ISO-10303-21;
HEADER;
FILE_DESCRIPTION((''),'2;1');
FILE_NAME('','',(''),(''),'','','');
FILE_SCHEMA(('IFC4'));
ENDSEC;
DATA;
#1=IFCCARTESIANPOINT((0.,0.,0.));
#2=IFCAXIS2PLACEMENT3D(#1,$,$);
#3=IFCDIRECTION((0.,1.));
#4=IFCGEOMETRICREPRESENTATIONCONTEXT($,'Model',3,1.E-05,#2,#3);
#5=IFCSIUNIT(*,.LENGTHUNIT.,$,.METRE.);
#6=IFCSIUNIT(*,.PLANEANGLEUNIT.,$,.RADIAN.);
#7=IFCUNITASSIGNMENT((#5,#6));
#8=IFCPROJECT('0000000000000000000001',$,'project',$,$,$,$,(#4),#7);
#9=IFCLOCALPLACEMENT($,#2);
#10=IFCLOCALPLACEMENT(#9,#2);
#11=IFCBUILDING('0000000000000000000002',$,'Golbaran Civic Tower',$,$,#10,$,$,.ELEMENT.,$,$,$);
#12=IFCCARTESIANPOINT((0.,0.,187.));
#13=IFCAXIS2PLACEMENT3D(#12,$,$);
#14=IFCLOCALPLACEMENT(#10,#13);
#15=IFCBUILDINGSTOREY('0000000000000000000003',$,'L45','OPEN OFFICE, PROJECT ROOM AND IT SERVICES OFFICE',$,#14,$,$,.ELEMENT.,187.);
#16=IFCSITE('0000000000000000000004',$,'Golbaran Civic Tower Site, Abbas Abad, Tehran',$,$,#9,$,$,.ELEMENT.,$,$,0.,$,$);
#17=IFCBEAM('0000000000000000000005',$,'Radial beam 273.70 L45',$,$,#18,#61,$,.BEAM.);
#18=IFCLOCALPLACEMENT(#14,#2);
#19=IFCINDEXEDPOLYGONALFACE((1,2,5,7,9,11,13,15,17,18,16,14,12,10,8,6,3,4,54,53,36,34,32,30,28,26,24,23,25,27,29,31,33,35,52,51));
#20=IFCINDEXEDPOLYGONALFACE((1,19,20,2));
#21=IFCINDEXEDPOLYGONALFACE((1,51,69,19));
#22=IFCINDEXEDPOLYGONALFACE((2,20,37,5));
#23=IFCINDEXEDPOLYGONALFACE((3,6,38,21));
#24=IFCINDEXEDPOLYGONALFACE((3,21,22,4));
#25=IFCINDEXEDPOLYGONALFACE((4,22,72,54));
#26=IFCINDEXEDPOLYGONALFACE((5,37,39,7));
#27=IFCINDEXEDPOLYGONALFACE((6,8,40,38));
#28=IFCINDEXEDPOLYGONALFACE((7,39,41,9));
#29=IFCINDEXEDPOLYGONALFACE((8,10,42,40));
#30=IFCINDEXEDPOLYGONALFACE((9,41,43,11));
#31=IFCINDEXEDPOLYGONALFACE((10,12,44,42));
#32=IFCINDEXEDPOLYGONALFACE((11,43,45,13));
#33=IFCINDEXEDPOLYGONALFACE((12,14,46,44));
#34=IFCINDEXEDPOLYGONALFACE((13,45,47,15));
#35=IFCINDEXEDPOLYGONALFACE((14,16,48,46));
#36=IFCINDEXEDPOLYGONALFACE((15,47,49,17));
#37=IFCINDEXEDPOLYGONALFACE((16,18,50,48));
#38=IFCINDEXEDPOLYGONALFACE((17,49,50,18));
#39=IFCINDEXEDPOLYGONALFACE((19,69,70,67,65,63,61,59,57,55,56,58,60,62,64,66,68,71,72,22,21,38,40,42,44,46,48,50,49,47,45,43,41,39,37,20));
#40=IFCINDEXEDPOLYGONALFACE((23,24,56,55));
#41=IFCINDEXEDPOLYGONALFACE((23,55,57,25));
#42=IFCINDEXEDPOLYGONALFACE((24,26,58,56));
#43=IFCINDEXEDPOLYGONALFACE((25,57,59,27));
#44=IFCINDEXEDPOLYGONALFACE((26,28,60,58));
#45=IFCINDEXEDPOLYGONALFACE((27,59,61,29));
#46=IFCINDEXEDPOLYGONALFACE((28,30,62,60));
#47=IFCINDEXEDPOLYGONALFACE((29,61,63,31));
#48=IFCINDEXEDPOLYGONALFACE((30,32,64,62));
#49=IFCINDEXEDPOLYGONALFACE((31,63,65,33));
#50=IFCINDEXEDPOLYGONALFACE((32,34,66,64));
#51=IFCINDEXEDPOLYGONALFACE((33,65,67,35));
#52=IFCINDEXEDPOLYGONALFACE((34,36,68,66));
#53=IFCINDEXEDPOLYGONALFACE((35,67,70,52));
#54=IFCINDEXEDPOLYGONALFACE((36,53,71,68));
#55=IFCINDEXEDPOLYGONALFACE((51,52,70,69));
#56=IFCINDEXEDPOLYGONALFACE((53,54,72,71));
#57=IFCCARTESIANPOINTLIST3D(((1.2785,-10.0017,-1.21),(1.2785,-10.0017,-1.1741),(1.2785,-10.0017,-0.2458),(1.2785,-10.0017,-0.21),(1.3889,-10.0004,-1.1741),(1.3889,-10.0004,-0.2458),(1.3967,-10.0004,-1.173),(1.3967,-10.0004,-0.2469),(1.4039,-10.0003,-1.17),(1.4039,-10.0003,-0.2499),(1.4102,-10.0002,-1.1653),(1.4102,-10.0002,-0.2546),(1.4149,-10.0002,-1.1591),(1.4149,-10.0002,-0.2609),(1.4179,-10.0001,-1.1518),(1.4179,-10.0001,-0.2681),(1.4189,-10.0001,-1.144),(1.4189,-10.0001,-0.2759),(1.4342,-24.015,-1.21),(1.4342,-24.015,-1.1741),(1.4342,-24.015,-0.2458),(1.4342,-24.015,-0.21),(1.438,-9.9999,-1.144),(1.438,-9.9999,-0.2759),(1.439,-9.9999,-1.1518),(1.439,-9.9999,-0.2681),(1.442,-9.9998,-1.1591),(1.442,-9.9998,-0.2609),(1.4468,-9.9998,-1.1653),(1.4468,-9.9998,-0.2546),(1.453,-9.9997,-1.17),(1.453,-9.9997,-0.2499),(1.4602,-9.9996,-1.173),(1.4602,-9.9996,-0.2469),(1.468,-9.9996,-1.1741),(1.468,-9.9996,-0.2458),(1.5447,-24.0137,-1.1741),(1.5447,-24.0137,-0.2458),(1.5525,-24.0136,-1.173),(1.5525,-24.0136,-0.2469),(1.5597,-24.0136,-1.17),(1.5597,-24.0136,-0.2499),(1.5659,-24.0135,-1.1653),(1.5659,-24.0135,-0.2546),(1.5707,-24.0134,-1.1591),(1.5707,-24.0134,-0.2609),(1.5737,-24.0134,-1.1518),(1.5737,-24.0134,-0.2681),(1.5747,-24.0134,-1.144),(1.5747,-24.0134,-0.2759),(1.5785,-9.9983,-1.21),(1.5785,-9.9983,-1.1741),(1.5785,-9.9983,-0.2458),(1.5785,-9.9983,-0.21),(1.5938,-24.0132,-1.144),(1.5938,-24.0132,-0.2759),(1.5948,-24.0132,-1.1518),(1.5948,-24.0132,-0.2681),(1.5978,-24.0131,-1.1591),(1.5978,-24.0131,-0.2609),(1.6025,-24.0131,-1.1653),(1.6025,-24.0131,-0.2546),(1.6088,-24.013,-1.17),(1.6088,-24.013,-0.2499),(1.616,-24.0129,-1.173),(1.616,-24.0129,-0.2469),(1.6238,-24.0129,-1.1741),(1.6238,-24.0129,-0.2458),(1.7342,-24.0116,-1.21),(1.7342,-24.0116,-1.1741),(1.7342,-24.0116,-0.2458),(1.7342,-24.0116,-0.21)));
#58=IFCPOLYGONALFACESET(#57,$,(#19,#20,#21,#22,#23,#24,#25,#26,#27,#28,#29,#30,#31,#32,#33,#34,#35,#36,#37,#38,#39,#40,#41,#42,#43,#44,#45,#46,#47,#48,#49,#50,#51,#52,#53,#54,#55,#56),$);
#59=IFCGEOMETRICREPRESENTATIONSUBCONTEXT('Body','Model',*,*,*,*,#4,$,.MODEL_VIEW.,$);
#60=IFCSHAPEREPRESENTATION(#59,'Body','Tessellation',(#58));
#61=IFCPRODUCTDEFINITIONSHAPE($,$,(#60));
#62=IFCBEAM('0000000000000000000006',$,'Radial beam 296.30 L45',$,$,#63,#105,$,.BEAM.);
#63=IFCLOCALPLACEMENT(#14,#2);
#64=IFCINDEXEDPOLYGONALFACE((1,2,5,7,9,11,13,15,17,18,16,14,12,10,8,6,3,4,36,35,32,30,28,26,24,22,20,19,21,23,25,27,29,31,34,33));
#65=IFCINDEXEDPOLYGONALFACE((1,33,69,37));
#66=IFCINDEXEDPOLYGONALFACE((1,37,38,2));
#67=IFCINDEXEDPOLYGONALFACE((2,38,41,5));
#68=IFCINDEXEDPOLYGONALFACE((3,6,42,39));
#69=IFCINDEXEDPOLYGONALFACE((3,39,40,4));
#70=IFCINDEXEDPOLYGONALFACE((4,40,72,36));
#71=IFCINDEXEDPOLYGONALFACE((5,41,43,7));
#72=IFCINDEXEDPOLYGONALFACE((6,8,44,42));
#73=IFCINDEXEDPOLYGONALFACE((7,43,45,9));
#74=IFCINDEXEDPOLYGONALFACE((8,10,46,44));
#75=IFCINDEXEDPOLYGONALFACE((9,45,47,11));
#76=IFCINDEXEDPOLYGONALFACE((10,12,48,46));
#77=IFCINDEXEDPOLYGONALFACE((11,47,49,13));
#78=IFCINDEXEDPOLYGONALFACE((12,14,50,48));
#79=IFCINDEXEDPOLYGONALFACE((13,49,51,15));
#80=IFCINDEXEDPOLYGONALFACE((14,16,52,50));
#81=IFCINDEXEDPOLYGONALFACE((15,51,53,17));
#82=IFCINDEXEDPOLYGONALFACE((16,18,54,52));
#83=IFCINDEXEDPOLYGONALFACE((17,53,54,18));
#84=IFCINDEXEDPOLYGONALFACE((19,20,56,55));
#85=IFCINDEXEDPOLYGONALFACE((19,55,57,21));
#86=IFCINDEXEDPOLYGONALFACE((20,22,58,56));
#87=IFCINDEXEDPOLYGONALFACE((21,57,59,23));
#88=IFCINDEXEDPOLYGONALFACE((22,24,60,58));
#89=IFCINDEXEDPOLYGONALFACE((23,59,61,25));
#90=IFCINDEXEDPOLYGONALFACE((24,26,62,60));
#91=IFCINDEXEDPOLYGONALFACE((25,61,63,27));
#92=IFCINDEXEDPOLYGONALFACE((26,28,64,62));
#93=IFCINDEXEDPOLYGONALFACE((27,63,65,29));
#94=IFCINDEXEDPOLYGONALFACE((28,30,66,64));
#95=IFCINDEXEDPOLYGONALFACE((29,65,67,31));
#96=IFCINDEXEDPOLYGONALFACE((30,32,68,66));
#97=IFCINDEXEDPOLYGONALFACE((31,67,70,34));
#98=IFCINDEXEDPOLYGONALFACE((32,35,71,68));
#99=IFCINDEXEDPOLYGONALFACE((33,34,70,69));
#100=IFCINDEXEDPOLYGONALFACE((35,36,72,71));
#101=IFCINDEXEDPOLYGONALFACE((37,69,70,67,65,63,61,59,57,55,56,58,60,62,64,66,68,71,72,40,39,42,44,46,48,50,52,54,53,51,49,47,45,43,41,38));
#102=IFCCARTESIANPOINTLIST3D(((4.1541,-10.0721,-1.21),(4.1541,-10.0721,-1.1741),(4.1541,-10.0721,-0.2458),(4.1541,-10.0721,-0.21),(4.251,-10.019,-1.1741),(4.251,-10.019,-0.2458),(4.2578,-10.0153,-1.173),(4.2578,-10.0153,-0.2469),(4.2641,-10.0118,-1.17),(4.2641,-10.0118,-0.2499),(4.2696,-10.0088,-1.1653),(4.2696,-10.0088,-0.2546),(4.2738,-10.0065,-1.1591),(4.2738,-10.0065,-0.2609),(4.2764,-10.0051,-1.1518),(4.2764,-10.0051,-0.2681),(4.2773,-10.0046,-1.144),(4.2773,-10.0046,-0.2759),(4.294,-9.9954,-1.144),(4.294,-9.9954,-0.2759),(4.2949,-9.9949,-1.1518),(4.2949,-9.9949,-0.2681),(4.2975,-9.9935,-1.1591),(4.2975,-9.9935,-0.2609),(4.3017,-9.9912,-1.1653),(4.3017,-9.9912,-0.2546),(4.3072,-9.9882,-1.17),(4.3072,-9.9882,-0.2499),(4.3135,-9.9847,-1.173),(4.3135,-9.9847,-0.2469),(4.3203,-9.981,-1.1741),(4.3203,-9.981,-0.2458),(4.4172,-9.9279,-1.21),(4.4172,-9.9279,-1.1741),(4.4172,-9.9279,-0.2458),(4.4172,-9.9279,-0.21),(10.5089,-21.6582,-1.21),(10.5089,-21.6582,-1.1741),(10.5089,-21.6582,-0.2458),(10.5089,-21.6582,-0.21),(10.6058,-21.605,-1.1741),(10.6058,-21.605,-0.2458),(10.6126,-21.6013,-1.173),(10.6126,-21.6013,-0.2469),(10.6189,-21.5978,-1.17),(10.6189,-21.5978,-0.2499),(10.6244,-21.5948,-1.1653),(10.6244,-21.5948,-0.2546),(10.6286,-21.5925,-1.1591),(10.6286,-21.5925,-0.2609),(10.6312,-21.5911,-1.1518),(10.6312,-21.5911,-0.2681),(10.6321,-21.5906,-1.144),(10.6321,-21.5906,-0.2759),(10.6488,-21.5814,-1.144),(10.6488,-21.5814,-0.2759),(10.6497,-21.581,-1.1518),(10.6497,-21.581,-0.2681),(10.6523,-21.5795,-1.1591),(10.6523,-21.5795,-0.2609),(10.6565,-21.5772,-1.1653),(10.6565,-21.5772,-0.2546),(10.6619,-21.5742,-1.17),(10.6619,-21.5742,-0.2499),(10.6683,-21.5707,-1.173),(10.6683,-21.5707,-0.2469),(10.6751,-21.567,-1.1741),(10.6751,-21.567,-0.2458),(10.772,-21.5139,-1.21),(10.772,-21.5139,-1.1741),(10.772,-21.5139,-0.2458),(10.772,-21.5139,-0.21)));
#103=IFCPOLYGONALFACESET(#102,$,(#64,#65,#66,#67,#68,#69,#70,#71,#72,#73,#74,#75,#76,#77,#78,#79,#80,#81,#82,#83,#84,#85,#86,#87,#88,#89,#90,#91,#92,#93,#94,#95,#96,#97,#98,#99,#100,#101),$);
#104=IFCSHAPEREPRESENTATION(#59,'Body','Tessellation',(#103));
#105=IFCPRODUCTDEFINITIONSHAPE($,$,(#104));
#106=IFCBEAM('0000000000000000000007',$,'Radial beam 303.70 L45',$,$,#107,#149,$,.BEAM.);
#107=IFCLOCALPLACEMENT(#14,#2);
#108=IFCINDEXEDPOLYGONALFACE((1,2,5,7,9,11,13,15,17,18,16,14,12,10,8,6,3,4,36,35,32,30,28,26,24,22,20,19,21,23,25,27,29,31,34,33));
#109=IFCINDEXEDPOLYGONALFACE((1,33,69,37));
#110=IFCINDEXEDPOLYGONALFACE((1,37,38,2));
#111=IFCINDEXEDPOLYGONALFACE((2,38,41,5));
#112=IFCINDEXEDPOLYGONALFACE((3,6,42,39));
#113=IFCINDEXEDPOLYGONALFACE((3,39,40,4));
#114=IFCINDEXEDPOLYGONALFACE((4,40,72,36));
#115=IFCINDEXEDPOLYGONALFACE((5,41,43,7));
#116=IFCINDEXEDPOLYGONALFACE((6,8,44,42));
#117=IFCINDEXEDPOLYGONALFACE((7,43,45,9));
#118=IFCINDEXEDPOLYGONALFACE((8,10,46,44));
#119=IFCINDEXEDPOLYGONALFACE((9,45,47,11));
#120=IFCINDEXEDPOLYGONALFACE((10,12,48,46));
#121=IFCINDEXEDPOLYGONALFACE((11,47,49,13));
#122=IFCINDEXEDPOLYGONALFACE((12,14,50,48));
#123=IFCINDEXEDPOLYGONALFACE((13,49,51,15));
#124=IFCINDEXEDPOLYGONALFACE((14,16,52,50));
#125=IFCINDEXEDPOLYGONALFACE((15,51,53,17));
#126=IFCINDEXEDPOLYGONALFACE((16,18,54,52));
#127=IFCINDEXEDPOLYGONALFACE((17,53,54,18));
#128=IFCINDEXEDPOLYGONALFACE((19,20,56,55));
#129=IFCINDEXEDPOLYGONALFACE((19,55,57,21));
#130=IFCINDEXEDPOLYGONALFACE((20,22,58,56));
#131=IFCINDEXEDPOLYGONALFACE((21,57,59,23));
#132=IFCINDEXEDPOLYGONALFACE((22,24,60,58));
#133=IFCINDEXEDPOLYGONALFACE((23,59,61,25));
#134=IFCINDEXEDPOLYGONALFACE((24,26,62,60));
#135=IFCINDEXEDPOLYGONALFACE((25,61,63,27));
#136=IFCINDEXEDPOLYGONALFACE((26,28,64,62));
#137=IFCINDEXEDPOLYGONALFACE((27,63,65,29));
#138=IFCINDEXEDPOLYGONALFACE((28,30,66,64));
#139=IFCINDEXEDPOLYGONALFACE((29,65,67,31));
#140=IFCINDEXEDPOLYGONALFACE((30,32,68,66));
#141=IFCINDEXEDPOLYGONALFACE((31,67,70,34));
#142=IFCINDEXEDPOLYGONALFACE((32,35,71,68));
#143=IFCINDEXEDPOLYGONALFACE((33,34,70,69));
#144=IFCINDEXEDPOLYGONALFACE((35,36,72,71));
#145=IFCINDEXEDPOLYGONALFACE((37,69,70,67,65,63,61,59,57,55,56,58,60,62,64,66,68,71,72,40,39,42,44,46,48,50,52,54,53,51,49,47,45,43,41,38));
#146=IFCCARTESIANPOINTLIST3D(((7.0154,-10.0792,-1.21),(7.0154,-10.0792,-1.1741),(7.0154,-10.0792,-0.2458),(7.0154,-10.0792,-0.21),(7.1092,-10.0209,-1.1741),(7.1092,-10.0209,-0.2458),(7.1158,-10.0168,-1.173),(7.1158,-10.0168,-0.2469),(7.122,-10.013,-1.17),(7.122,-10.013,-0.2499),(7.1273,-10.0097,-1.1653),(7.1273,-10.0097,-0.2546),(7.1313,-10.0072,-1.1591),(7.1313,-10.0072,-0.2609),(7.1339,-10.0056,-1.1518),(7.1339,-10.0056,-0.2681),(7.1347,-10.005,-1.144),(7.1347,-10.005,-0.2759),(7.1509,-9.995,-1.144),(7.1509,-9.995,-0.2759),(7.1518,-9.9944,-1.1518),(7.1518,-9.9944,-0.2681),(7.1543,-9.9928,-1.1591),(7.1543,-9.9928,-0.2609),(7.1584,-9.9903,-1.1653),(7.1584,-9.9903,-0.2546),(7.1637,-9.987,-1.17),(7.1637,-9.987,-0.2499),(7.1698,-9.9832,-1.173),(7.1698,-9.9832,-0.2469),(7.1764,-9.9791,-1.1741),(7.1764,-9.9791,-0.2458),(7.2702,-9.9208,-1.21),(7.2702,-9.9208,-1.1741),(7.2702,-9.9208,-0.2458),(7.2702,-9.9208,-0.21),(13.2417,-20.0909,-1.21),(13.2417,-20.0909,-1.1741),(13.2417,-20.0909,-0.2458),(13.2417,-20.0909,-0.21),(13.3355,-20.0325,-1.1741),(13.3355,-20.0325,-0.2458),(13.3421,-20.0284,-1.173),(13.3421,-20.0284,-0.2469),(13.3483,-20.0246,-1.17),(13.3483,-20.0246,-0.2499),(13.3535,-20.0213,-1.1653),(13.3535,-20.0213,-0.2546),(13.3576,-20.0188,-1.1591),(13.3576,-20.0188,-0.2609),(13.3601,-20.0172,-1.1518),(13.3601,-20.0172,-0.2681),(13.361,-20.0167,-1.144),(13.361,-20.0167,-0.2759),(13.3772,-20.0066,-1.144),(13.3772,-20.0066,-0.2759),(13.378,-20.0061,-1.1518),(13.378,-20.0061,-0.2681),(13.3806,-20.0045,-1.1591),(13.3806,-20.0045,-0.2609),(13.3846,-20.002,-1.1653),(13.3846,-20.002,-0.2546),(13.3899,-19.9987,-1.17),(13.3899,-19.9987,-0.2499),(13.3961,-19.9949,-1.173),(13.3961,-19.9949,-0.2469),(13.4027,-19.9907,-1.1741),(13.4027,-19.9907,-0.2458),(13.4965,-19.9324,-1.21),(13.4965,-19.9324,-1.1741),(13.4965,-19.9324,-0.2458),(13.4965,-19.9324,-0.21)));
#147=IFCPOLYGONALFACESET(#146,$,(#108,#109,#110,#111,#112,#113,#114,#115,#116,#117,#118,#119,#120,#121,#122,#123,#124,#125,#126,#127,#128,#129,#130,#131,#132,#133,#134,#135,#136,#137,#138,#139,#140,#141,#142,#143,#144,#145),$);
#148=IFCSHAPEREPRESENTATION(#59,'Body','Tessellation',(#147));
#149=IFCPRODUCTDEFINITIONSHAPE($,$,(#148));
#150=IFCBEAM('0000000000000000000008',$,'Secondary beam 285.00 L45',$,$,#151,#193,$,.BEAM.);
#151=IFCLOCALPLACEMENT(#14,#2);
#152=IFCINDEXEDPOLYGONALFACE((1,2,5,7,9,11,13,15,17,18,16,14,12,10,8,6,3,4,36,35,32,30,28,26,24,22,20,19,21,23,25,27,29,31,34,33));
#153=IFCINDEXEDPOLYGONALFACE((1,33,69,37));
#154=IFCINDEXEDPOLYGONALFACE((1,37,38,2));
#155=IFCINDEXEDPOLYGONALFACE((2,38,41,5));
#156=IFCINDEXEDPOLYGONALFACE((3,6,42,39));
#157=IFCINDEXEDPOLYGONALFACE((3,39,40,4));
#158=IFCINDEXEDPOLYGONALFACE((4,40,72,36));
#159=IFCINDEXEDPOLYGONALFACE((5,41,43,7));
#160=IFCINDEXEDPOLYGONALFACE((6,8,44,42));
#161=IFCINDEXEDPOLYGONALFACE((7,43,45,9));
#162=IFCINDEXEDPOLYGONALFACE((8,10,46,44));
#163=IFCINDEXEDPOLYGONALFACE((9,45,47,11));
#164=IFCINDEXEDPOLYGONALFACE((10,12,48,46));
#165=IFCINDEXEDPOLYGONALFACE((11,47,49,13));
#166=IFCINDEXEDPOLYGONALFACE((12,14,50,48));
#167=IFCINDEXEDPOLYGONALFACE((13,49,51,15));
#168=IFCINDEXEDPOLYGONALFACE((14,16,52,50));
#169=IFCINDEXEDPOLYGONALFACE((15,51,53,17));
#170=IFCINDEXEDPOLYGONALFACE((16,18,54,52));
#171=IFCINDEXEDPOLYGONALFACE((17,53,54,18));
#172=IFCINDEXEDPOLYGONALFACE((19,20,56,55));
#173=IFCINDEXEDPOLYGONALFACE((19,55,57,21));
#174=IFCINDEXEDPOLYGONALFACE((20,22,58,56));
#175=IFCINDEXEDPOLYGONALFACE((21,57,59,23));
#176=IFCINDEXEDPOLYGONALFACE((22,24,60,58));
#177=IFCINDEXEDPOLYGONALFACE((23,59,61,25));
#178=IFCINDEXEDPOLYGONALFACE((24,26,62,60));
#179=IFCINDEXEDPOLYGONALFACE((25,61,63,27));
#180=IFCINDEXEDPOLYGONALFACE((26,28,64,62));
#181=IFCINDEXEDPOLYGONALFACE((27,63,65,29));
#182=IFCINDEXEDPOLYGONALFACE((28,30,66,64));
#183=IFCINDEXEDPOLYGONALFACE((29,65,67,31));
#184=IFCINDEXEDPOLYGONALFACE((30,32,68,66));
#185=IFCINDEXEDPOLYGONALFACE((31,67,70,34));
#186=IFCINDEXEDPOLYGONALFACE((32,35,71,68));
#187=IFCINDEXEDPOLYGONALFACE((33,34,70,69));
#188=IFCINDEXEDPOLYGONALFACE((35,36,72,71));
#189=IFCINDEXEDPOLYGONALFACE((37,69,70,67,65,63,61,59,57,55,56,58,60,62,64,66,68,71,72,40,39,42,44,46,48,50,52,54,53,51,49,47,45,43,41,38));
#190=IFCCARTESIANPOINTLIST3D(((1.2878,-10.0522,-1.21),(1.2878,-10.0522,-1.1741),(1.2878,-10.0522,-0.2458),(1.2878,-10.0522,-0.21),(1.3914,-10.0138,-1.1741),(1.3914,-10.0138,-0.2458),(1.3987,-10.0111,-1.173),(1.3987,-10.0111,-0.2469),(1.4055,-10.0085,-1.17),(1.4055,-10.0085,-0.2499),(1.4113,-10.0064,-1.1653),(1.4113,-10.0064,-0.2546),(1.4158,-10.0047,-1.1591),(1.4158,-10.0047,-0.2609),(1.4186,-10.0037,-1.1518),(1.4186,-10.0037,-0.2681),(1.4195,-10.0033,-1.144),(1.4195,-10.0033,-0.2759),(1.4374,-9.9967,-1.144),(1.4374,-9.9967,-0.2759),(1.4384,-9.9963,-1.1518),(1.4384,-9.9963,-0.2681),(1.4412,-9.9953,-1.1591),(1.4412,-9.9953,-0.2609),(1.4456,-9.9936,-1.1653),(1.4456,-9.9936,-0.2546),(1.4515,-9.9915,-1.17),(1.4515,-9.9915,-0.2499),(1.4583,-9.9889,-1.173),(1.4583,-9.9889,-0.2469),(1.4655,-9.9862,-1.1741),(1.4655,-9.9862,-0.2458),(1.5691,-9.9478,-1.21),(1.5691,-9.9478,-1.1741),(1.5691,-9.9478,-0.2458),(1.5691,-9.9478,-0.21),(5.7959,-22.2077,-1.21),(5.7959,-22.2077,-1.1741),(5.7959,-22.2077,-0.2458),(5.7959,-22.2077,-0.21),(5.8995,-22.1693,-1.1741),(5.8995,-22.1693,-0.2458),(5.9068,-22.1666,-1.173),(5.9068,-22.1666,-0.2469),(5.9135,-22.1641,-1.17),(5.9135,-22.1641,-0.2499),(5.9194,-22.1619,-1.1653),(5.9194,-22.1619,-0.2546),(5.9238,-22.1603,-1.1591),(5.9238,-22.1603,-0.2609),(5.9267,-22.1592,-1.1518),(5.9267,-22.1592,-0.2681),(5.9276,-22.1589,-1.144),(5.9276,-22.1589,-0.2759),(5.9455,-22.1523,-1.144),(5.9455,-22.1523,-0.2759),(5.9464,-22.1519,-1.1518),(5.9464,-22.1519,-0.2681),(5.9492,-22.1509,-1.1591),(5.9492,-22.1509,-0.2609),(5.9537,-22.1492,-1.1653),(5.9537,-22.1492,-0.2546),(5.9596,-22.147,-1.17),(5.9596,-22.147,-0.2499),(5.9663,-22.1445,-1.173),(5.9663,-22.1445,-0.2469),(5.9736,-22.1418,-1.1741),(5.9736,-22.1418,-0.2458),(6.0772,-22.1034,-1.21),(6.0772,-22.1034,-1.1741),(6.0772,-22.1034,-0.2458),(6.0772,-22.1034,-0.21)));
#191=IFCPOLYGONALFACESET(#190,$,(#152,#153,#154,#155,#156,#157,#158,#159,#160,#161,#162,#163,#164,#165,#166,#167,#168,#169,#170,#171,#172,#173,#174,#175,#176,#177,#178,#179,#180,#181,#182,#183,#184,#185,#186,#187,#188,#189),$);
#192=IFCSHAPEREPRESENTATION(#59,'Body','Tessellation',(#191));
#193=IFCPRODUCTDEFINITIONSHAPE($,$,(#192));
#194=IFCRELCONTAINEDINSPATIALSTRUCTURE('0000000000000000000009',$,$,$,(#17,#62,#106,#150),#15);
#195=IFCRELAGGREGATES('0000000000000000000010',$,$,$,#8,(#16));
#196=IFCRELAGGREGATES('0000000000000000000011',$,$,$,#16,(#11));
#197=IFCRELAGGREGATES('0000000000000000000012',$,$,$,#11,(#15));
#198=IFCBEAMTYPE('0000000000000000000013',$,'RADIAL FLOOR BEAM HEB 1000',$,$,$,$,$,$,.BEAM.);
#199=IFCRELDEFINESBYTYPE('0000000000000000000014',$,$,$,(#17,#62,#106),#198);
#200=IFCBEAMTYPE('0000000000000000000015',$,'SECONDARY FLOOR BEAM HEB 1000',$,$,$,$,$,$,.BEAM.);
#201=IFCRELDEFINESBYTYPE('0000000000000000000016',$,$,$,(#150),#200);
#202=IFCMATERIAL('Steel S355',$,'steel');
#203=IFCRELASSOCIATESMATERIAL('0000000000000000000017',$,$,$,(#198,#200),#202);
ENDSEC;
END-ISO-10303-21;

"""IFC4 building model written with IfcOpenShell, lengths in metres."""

from ifc_helpers import new_model, si_unit, direction, frame, origin, origin_2d, place, context, subcontext, project, spatial, i_section, extrude, material, material_profile, profile_set, type_object, element, save


model = new_model("IFC4")

# Units and contexts
model_context = context("Model", 3, precision=1e-05, world=origin(), true_north=direction((0.0, 1.0)))
body_context = subcontext(model_context, "Body", "Model", "MODEL_VIEW")
ifc_project = project(units=[si_unit("LENGTHUNIT", "METRE"), si_unit("PLANEANGLEUNIT", "RADIAN")], contexts=[model_context])

# Site, building, storey
site_placement = place(None, origin())
site = spatial("IfcSite", under=ifc_project, at=site_placement, Name="Golbaran Civic Tower Site, Abbas Abad, Tehran", CompositionType="ELEMENT", RefElevation=0.0)
building_placement = place(site_placement, origin())
building = spatial("IfcBuilding", under=site, at=building_placement, Name="Golbaran Civic Tower", CompositionType="ELEMENT")
storey_placement = place(building_placement, frame((0.0, 0.0, 187.0)))
storey = spatial("IfcBuildingStorey", under=building, at=storey_placement, Name="L45", Description="OPEN OFFICE, PROJECT ROOM AND IT SERVICES OFFICE", CompositionType="ELEMENT", Elevation=187.0)

# Beams
ifc_material_1 = material(Name="Steel S355", Category="steel")
ifc_material_profile_1 = material_profile(ifc_material_1, i_section(OverallWidth=0.3, OverallDepth=1.0, WebThickness=0.019, FlangeThickness=0.0359, FilletRadius=0.03, at=origin_2d()), Name="HEB 1000")
ifc_profile_set_1 = profile_set([ifc_material_profile_1], Name="Steel S355")
beam_type_1 = type_object("IfcBeamType", Name="RADIAL FLOOR BEAM HEB 1000", PredefinedType="BEAM", material=ifc_profile_set_1)
beam_1_placement = place(storey_placement, frame((1.4285, -10.0, -0.71), z_axis=(0.011115, -0.999938, 0.0), x_axis=(0.999938, 0.011115, 0.0)))
element("IfcBeam", 1, at=beam_1_placement, inside=storey, type_object=beam_type_1, Name="Radial beam 273.70 L45", PredefinedType="BEAM", context=body_context, shape_type="SweptSolid", body=[
    extrude(i_section(OverallWidth=0.3, OverallDepth=1.0, WebThickness=0.019, FlangeThickness=0.0359, FilletRadius=0.03, at=origin_2d()), origin(), (0.0, 0.0, 1.0), 14.0142),
])
beam_2_placement = place(storey_placement, frame((4.2856, -10.0, -0.71), z_axis=(0.4809, -0.876775, 0.0), x_axis=(0.876775, 0.4809, 0.0)))
element("IfcBeam", 2, at=beam_2_placement, inside=storey, type_object=beam_type_1, Name="Radial beam 296.30 L45", PredefinedType="BEAM", context=body_context, shape_type="SweptSolid", body=[
    extrude(i_section(OverallWidth=0.3, OverallDepth=1.0, WebThickness=0.019, FlangeThickness=0.0359, FilletRadius=0.03, at=origin_2d()), origin(), (0.0, 0.0, 1.0), 13.2144),
])
beam_3_placement = place(storey_placement, frame((7.1428, -10.0, -0.71), z_axis=(0.528106, -0.849178, 0.0), x_axis=(0.849178, 0.528106, 0.0)))
element("IfcBeam", 3, at=beam_3_placement, inside=storey, type_object=beam_type_1, Name="Radial beam 303.70 L45", PredefinedType="BEAM", context=body_context, shape_type="SweptSolid", body=[
    extrude(i_section(OverallWidth=0.3, OverallDepth=1.0, WebThickness=0.019, FlangeThickness=0.0359, FilletRadius=0.03, at=origin_2d()), origin(), (0.0, 0.0, 1.0), 11.7898),
])
ifc_material_profile_2 = material_profile(ifc_material_1, i_section(OverallWidth=0.3, OverallDepth=1.0, WebThickness=0.019, FlangeThickness=0.0359, FilletRadius=0.03, at=origin_2d()), Name="HEB 1000")
ifc_profile_set_2 = profile_set([ifc_material_profile_2], Name="Steel S355")
beam_type_2 = type_object("IfcBeamType", Name="SECONDARY FLOOR BEAM HEB 1000", PredefinedType="BEAM", material=ifc_profile_set_2)
beam_4_placement = place(storey_placement, frame((1.4285, -10.0, -0.71), z_axis=(0.347722, -0.937598, 0.0), x_axis=(0.937598, 0.347722, 0.0)))
element("IfcBeam", 4, at=beam_4_placement, inside=storey, type_object=beam_type_2, Name="Secondary beam 285.00 L45", PredefinedType="BEAM", context=body_context, shape_type="SweptSolid", body=[
    extrude(i_section(OverallWidth=0.3, OverallDepth=1.0, WebThickness=0.019, FlangeThickness=0.0359, FilletRadius=0.03, at=origin_2d()), origin(), (0.0, 0.0, 1.0), 12.9646),
])

save(model, "model.ifc")
